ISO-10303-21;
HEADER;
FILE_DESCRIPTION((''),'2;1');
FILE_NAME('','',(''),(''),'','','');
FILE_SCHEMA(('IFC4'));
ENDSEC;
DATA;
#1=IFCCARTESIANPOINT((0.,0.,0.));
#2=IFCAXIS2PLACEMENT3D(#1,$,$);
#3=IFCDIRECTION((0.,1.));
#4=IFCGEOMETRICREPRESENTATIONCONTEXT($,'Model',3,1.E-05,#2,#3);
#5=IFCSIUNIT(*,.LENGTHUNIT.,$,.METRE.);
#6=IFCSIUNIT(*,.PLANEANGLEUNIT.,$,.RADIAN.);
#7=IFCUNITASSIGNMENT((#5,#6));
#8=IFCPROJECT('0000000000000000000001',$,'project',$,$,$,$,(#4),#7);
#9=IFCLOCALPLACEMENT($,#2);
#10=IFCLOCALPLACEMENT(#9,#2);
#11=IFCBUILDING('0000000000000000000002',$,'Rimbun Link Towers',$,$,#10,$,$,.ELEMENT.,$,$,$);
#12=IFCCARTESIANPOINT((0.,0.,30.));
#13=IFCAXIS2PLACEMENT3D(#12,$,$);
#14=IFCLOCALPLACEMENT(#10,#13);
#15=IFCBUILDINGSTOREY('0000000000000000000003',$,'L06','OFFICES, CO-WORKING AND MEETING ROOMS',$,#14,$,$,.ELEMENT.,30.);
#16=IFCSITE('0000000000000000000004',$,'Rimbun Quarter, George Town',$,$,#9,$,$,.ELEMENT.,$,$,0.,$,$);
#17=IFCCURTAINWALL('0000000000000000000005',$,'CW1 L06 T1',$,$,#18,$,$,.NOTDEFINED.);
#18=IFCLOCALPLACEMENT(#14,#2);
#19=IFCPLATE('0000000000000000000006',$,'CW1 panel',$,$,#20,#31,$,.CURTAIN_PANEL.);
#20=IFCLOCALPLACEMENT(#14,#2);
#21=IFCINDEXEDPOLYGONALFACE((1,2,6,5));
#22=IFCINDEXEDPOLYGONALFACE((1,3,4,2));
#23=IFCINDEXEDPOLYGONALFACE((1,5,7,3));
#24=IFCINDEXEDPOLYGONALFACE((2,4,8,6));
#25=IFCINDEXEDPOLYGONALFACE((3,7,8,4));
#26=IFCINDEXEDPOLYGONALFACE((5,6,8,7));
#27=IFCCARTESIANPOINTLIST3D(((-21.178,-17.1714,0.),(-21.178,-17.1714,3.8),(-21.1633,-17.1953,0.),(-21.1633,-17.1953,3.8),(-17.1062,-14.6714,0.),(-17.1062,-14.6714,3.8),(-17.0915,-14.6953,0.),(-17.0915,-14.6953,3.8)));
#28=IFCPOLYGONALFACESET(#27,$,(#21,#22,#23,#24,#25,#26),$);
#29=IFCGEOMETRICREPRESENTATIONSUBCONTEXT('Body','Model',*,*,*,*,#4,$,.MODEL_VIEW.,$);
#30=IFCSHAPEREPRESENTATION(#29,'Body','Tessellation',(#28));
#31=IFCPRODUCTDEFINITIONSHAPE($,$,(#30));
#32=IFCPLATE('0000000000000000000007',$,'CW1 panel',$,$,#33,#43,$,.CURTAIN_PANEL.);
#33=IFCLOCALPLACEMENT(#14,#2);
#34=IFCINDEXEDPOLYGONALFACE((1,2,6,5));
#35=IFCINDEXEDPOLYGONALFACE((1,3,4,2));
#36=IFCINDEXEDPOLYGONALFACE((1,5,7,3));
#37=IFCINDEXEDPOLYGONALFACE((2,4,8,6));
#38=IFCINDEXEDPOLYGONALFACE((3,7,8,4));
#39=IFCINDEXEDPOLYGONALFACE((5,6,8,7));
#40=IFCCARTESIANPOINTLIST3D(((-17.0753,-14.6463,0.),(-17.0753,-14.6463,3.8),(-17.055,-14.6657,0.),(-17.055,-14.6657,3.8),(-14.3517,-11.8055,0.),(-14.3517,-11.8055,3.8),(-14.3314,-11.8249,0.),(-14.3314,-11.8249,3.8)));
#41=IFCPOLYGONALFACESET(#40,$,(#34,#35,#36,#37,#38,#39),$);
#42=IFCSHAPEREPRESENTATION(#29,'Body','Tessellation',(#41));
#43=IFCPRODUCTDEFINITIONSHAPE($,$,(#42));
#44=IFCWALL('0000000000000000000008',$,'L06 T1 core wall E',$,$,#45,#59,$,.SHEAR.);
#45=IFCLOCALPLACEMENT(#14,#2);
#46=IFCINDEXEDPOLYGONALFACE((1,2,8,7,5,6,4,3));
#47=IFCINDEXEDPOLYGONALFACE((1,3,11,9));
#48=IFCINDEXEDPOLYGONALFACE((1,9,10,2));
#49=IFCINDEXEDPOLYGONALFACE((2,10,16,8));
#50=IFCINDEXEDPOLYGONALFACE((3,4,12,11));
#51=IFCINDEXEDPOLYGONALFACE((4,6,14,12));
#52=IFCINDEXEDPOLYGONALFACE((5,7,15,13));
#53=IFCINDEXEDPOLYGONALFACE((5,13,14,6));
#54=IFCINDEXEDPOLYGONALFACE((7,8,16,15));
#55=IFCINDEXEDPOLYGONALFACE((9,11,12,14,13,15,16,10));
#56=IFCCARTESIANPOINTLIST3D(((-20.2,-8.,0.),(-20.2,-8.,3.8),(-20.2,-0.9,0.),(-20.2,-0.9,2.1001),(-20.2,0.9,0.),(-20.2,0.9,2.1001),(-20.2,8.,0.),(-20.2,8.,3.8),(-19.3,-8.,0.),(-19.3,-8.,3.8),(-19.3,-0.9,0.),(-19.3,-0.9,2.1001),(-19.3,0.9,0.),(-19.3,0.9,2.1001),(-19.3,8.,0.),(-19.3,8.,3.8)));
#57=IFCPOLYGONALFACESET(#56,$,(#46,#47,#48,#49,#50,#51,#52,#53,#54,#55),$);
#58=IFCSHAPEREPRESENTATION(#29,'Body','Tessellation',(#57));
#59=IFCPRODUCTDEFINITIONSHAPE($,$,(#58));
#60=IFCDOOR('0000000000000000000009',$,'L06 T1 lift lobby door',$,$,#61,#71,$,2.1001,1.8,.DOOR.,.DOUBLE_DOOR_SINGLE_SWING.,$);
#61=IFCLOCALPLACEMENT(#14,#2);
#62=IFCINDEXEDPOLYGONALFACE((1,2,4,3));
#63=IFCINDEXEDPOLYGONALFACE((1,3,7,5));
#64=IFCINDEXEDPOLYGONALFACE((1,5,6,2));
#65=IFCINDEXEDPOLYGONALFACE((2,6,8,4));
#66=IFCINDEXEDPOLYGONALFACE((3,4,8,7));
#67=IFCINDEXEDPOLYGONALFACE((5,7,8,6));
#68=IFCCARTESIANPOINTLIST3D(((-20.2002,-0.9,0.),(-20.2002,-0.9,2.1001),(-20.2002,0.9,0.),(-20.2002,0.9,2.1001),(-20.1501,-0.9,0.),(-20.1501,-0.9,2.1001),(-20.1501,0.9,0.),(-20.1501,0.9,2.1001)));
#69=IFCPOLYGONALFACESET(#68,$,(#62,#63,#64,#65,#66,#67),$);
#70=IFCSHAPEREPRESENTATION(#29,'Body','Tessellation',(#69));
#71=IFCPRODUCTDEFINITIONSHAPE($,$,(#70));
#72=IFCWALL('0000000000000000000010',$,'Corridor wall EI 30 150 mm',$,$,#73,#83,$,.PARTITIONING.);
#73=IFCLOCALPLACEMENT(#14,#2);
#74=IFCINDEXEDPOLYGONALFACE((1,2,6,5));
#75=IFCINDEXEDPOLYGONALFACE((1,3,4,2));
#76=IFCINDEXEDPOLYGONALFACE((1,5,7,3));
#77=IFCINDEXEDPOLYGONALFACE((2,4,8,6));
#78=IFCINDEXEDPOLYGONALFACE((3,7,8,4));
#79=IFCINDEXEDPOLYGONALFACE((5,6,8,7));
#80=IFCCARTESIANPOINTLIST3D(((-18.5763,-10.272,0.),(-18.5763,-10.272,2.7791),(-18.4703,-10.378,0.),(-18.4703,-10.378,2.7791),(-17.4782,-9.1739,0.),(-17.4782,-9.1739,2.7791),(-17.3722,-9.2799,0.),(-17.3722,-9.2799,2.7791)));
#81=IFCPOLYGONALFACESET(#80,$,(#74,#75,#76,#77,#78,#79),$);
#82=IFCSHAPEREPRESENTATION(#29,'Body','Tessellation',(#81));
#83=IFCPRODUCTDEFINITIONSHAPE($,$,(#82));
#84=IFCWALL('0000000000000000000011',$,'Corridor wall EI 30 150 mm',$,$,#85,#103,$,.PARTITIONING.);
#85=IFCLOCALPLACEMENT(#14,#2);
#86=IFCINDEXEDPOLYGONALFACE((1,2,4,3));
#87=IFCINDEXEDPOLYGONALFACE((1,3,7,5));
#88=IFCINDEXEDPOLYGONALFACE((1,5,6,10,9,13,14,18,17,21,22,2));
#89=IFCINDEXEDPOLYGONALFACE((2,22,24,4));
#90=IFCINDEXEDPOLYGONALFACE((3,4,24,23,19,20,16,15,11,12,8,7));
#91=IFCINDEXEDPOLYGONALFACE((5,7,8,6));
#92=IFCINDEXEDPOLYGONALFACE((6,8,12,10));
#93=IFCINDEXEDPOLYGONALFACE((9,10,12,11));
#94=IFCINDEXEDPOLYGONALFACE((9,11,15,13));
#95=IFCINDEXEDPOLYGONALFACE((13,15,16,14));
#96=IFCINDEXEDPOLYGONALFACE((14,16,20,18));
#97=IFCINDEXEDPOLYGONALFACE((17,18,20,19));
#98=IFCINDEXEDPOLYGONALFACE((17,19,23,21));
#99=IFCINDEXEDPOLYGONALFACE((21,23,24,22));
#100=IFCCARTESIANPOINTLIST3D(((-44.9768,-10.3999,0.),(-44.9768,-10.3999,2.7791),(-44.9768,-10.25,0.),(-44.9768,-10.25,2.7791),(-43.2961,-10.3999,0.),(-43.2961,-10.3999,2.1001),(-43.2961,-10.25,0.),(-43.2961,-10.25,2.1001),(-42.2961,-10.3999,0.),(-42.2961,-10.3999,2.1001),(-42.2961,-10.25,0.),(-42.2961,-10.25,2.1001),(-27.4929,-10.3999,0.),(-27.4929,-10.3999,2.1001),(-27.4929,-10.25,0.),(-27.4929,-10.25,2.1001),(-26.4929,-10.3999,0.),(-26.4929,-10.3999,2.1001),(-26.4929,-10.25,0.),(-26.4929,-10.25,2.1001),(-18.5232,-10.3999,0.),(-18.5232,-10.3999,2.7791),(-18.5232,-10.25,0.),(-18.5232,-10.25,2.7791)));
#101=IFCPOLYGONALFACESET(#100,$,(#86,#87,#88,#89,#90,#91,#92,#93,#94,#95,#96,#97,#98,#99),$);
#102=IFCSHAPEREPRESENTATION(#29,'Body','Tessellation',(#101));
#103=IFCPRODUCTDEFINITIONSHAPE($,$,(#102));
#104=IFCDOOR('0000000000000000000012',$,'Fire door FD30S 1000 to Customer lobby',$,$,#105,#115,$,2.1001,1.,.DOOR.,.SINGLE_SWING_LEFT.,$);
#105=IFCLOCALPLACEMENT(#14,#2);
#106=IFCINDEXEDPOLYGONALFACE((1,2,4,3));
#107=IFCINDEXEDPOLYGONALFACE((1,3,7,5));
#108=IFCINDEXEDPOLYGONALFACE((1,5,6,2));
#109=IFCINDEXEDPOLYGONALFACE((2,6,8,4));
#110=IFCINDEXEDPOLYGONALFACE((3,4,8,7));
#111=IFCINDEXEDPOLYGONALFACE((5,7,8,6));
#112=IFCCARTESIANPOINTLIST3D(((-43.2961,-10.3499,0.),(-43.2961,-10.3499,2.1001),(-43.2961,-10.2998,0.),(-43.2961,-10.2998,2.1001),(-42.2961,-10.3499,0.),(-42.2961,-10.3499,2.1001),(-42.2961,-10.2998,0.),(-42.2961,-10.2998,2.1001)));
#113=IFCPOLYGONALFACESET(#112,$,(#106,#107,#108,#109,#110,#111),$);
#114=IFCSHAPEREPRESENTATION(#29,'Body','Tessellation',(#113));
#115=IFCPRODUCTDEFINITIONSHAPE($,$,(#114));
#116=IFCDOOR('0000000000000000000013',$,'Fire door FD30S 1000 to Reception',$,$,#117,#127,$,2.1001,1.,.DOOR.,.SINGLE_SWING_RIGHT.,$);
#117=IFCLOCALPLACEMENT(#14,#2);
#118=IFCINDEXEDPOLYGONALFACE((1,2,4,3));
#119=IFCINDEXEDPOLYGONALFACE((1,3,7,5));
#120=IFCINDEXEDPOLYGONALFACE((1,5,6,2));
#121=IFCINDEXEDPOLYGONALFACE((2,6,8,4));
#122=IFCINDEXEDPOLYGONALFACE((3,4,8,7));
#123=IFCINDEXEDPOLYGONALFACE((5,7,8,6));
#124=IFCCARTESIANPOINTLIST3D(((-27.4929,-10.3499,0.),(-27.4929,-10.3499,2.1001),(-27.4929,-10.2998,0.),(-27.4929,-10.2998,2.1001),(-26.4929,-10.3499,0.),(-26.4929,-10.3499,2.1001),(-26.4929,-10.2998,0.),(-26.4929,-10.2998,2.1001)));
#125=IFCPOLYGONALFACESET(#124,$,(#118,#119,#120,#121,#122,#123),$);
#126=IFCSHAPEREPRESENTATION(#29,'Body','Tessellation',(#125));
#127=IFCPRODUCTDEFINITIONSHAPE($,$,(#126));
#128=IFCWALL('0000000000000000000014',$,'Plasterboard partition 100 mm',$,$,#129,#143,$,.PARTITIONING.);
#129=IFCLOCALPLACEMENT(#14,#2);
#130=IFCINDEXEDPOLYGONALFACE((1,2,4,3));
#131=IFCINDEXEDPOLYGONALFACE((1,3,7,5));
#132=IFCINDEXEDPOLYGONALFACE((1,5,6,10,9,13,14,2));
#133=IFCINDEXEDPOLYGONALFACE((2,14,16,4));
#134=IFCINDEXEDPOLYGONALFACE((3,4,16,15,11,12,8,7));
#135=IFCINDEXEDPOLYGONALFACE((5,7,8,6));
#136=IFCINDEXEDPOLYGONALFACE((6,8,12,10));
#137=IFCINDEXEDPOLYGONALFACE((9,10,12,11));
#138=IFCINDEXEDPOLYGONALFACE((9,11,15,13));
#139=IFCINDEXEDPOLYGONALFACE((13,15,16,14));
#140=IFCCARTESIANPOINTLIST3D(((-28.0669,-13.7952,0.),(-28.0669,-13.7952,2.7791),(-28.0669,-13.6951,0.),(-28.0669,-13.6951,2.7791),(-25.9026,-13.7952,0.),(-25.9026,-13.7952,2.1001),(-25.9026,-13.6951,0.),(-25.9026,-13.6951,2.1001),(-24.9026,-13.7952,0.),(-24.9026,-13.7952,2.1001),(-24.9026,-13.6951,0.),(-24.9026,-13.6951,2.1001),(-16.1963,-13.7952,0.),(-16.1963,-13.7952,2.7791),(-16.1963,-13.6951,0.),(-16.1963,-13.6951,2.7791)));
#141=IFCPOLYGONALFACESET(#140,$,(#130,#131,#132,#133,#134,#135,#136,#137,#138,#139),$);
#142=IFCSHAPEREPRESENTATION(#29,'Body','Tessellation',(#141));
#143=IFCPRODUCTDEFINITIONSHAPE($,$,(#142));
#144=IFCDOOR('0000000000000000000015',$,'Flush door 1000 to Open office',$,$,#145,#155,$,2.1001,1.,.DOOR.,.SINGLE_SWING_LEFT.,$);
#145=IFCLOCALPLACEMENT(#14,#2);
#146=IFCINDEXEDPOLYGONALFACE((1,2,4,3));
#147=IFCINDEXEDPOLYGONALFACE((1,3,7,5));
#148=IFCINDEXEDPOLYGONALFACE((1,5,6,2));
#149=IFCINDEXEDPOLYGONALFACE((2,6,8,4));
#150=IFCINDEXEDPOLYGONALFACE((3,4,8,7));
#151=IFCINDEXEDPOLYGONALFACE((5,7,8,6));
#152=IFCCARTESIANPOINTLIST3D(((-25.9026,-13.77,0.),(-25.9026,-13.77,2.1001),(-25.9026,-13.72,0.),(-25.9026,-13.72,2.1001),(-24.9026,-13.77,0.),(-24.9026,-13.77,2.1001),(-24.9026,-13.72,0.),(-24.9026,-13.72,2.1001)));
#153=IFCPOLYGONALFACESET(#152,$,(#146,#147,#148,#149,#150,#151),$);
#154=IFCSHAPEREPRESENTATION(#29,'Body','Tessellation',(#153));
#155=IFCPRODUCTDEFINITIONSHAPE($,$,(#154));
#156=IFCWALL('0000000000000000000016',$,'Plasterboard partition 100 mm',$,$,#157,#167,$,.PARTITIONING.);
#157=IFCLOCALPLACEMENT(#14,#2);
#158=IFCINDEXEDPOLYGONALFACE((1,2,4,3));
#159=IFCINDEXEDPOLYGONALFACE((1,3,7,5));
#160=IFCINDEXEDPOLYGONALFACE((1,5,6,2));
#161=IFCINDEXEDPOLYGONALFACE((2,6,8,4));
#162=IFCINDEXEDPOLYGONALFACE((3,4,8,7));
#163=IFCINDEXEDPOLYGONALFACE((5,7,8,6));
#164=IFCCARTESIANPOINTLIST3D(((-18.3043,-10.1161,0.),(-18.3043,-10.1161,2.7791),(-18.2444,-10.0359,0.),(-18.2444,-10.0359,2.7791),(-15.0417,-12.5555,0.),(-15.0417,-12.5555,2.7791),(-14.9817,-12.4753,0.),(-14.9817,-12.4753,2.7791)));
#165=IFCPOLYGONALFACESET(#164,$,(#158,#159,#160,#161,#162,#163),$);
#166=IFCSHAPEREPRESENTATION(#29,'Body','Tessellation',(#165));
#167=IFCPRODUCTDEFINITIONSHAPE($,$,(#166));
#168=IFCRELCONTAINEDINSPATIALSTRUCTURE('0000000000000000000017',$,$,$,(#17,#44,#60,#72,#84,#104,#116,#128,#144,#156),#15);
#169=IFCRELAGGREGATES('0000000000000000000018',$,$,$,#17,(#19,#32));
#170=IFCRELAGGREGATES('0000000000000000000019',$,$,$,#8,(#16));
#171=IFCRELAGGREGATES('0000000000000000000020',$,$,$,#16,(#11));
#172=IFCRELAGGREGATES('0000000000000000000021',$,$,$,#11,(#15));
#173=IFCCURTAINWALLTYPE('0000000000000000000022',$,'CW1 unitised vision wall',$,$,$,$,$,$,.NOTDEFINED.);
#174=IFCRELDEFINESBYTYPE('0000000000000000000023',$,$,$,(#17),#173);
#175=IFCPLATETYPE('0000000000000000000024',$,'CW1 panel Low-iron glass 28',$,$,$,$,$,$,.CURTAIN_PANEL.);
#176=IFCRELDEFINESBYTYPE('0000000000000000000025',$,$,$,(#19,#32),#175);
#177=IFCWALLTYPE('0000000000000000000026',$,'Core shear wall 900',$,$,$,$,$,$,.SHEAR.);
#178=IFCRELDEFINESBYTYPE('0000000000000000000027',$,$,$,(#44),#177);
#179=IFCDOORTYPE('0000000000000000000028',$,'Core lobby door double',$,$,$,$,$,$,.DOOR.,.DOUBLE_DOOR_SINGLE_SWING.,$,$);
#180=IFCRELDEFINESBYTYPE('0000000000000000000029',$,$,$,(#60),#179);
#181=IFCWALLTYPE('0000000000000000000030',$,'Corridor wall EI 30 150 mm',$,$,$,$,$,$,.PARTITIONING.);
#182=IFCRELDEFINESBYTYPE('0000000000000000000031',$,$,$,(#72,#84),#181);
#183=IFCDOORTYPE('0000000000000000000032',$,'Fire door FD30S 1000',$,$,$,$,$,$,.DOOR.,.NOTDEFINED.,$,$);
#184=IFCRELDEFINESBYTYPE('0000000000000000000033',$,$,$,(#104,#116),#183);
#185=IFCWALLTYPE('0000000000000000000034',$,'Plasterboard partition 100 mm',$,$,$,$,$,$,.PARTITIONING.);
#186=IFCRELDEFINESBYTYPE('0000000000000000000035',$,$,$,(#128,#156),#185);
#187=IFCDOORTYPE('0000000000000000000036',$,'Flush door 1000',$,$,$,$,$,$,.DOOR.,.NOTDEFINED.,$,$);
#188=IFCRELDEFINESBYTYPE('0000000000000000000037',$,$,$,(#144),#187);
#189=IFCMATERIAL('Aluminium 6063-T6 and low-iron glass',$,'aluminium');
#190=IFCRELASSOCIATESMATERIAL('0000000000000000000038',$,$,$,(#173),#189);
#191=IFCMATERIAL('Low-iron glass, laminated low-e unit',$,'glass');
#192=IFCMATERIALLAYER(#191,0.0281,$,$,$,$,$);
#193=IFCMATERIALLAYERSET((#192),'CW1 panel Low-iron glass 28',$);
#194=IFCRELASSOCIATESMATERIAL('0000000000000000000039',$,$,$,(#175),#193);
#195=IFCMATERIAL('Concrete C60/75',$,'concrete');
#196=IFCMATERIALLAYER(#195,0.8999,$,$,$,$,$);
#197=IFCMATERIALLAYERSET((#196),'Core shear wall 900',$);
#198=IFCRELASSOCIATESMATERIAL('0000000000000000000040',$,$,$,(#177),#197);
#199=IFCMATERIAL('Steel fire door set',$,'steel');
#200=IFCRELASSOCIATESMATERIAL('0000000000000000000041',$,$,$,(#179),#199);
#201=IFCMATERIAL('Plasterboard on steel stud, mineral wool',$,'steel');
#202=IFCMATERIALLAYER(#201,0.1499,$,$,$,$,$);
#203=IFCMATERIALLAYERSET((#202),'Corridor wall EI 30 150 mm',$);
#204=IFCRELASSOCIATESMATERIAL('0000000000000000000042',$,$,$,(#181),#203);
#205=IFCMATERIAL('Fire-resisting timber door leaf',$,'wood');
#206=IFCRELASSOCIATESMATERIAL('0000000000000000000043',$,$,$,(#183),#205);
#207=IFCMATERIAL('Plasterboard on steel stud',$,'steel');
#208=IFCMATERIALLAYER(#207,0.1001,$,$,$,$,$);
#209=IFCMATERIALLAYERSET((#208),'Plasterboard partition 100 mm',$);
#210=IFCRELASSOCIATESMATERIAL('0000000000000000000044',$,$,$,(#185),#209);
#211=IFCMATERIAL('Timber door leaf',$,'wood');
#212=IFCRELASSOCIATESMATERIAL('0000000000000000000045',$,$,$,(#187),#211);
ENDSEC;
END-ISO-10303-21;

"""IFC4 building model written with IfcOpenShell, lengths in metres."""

from ifc_helpers import new_model, si_unit, direction, frame, frame_2d, origin, origin_2d, place, context, subcontext, project, spatial, rectangle, extrude, material, layer, layer_set, type_object, element, fill, aggregate, save


model = new_model("IFC4")

# Units and contexts
model_context = context("Model", 3, precision=1e-05, world=origin(), true_north=direction((0.0, 1.0)))
body_context = subcontext(model_context, "Body", "Model", "MODEL_VIEW")
ifc_project = project(units=[si_unit("LENGTHUNIT", "METRE"), si_unit("PLANEANGLEUNIT", "RADIAN")], contexts=[model_context])

# Site, building, storey
site_placement = place(None, origin())
site = spatial("IfcSite", under=ifc_project, at=site_placement, Name="Rimbun Quarter, George Town", CompositionType="ELEMENT", RefElevation=0.0)
building_placement = place(site_placement, origin())
building = spatial("IfcBuilding", under=site, at=building_placement, Name="Rimbun Link Towers", CompositionType="ELEMENT")
storey_placement = place(building_placement, frame((0.0, 0.0, 30.0)))
storey = spatial("IfcBuildingStorey", under=building, at=storey_placement, Name="L06", Description="OFFICES, CO-WORKING AND MEETING ROOMS", CompositionType="ELEMENT", Elevation=30.0)

# Curtain wall
ifc_material_1 = material(Name="Aluminium 6063-T6 and low-iron glass", Category="aluminium")
curtain_wall_type = type_object("IfcCurtainWallType", Name="CW1 unitised vision wall", PredefinedType="NOTDEFINED", material=ifc_material_1)
curtain_wall_placement = place(storey_placement, origin())
curtain_wall = element("IfcCurtainWall", 1, at=curtain_wall_placement, inside=storey, type_object=curtain_wall_type, Name="CW1 L06 T1", PredefinedType="NOTDEFINED")

# Plates
ifc_material_2 = material(Name="Low-iron glass, laminated low-e unit", Category="glass")
ifc_layer_1 = layer(ifc_material_2, 0.0281)
ifc_layer_set_1 = layer_set([ifc_layer_1], Name="CW1 panel Low-iron glass 28")
plate_type = type_object("IfcPlateType", Name="CW1 panel Low-iron glass 28", PredefinedType="CURTAIN_PANEL", material=ifc_layer_set_1)
plate_1_placement = place(storey_placement, frame((-19.1348, -15.9333, 0.0), z_axis=(0.0, 0.0, 1.0), x_axis=(-0.85219, -0.523232, 0.0)))
plate_1 = element("IfcPlate", 2, at=plate_1_placement, type_object=plate_type, Name="CW1 panel", PredefinedType="CURTAIN_PANEL", context=body_context, shape_type="SweptSolid", body=[
    extrude(rectangle(XDim=4.7781, YDim=0.0281, at=origin_2d()), origin(), (0.0, 0.0, 1.0), 3.8),
])
plate_2_placement = place(storey_placement, frame((-15.7034, -13.2356, 0.0), z_axis=(0.0, 0.0, 1.0), x_axis=(-0.692056, -0.721844, 0.0)))
plate_2 = element("IfcPlate", 3, at=plate_2_placement, type_object=plate_type, Name="CW1 panel", PredefinedType="CURTAIN_PANEL", context=body_context, shape_type="SweptSolid", body=[
    extrude(rectangle(XDim=3.9355, YDim=0.0281, at=origin_2d()), origin(), (0.0, 0.0, 1.0), 3.8),
])
aggregate(curtain_wall, [plate_1, plate_2])

# Wall, opening, door
ifc_material_3 = material(Name="Concrete C60/75", Category="concrete")
ifc_layer_2 = layer(ifc_material_3, 0.8999)
ifc_layer_set_2 = layer_set([ifc_layer_2], Name="Core shear wall 900")
wall_type_1 = type_object("IfcWallType", Name="Core shear wall 900", PredefinedType="SHEAR", material=ifc_layer_set_2)
wall_1_placement = place(storey_placement, frame((-19.75, -8.0, 0.0), z_axis=(0.0, 0.0, 1.0), x_axis=(0.0, 1.0, 0.0)))
wall_1 = element("IfcWall", 4, at=wall_1_placement, inside=storey, type_object=wall_type_1, Name="L06 T1 core wall E", PredefinedType="SHEAR", context=body_context, shape_type="SweptSolid", body=[
    extrude(rectangle(XDim=16.0, YDim=0.8999, at=frame_2d((8.0, 0.0))), origin(), (0.0, 0.0, 1.0), 3.8),
])
opening_1_placement = place(wall_1_placement, frame((7.1001, 0.0, 0.0)))
opening_1 = element("IfcOpeningElement", 5, at=opening_1_placement, cuts=wall_1, PredefinedType="OPENING", context=body_context, shape_type="SweptSolid", body=[
    extrude(rectangle(XDim=1.8, YDim=2.1001, at=frame_2d((0.8999, 1.05))), frame((0.0, 0.46, 0.0), z_axis=(0.0, -1.0, 0.0), x_axis=(1.0, 0.0, 0.0)), (0.0, 0.0, 1.0), 0.9199),
])
ifc_material_4 = material(Name="Steel fire door set", Category="steel")
door_type_1 = type_object("IfcDoorType", Name="Core lobby door double", OperationType="DOUBLE_DOOR_SINGLE_SWING", PredefinedType="DOOR", material=ifc_material_4)
door_1_placement = place(opening_1_placement, origin())
door_1 = element("IfcDoor", 6, at=door_1_placement, inside=storey, type_object=door_type_1, Name="L06 T1 lift lobby door", OperationType="DOUBLE_DOOR_SINGLE_SWING", OverallHeight=2.1001, OverallWidth=1.8, PredefinedType="DOOR", context=body_context, shape_type="SweptSolid", body=[
    extrude(rectangle(XDim=1.8, YDim=2.1001, at=frame_2d((0.8999, 1.05))), frame((0.0, 0.4502, 0.0), z_axis=(0.0, -1.0, 0.0), x_axis=(1.0, 0.0, 0.0)), (0.0, 0.0, 1.0), 0.05),
])
fill(opening_1, door_1)

# Wall
ifc_material_5 = material(Name="Plasterboard on steel stud, mineral wool", Category="steel")
ifc_layer_3 = layer(ifc_material_5, 0.1499)
ifc_layer_set_3 = layer_set([ifc_layer_3], Name="Corridor wall EI 30 150 mm")
wall_type_2 = type_object("IfcWallType", Name="Corridor wall EI 30 150 mm", PredefinedType="PARTITIONING", material=ifc_layer_set_3)
wall_2_placement = place(storey_placement, frame((-18.5232, -10.325, 0.0), z_axis=(0.0, 0.0, 1.0), x_axis=(0.707107, 0.707107, 0.0)))
element("IfcWall", 7, at=wall_2_placement, inside=storey, type_object=wall_type_2, Name="Corridor wall EI 30 150 mm", PredefinedType="PARTITIONING", context=body_context, shape_type="SweptSolid", body=[
    extrude(rectangle(XDim=1.553, YDim=0.1499, at=frame_2d((0.7764, 0.0))), origin(), (0.0, 0.0, 1.0), 2.7791),
])

# Wall, openings, doors
wall_3_placement = place(storey_placement, frame((-18.5232, -10.325, 0.0), z_axis=(0.0, 0.0, 1.0), x_axis=(-1.0, 0.0, 0.0)))
wall_3 = element("IfcWall", 8, at=wall_3_placement, inside=storey, type_object=wall_type_2, Name="Corridor wall EI 30 150 mm", PredefinedType="PARTITIONING", context=body_context, shape_type="SweptSolid", body=[
    extrude(rectangle(XDim=26.4536, YDim=0.1499, at=frame_2d((13.2268, 0.0))), origin(), (0.0, 0.0, 1.0), 2.7791),
])
opening_2_placement = place(wall_3_placement, frame((23.7729, 0.0, 0.0)))
opening_2 = element("IfcOpeningElement", 9, at=opening_2_placement, cuts=wall_3, PredefinedType="OPENING", context=body_context, shape_type="SweptSolid", body=[
    extrude(rectangle(XDim=1.0, YDim=2.1001, at=frame_2d((0.5, 1.05))), frame((0.0, 0.085, 0.0), z_axis=(0.0, -1.0, 0.0), x_axis=(1.0, 0.0, 0.0)), (0.0, 0.0, 1.0), 0.1699),
])
opening_3_placement = place(wall_3_placement, frame((7.9697, 0.0, 0.0)))
opening_3 = element("IfcOpeningElement", 10, at=opening_3_placement, cuts=wall_3, PredefinedType="OPENING", context=body_context, shape_type="SweptSolid", body=[
    extrude(rectangle(XDim=1.0, YDim=2.1001, at=frame_2d((0.5, 1.05))), frame((0.0, 0.085, 0.0), z_axis=(0.0, -1.0, 0.0), x_axis=(1.0, 0.0, 0.0)), (0.0, 0.0, 1.0), 0.1699),
])
ifc_material_6 = material(Name="Fire-resisting timber door leaf", Category="wood")
door_type_2 = type_object("IfcDoorType", Name="Fire door FD30S 1000", OperationType="NOTDEFINED", PredefinedType="DOOR", material=ifc_material_6)
door_2_placement = place(opening_2_placement, origin())
door_2 = element("IfcDoor", 11, at=door_2_placement, inside=storey, type_object=door_type_2, Name="Fire door FD30S 1000 to Customer lobby", OperationType="SINGLE_SWING_LEFT", OverallHeight=2.1001, OverallWidth=1.0, PredefinedType="DOOR", context=body_context, shape_type="SweptSolid", body=[
    extrude(rectangle(XDim=1.0, YDim=2.1001, at=frame_2d((0.5, 1.05))), frame((0.0, 0.0249, 0.0), z_axis=(0.0, -1.0, 0.0), x_axis=(1.0, 0.0, 0.0)), (0.0, 0.0, 1.0), 0.05),
])
fill(opening_2, door_2)
door_3_placement = place(opening_3_placement, origin())
door_3 = element("IfcDoor", 12, at=door_3_placement, inside=storey, type_object=door_type_2, Name="Fire door FD30S 1000 to Reception", OperationType="SINGLE_SWING_RIGHT", OverallHeight=2.1001, OverallWidth=1.0, PredefinedType="DOOR", context=body_context, shape_type="SweptSolid", body=[
    extrude(rectangle(XDim=1.0, YDim=2.1001, at=frame_2d((0.5, 1.05))), frame((0.0, 0.0249, 0.0), z_axis=(0.0, -1.0, 0.0), x_axis=(1.0, 0.0, 0.0)), (0.0, 0.0, 1.0), 0.05),
])
fill(opening_3, door_3)

# Wall, opening, door
ifc_material_7 = material(Name="Plasterboard on steel stud", Category="steel")
ifc_layer_4 = layer(ifc_material_7, 0.1001)
ifc_layer_set_4 = layer_set([ifc_layer_4], Name="Plasterboard partition 100 mm")
wall_type_3 = type_object("IfcWallType", Name="Plasterboard partition 100 mm", PredefinedType="PARTITIONING", material=ifc_layer_set_4)
wall_4_placement = place(storey_placement, frame((-16.1963, -13.7451, 0.0), z_axis=(0.0, 0.0, 1.0), x_axis=(-1.0, 0.0, 0.0)))
wall_4 = element("IfcWall", 13, at=wall_4_placement, inside=storey, type_object=wall_type_3, Name="Plasterboard partition 100 mm", PredefinedType="PARTITIONING", context=body_context, shape_type="SweptSolid", body=[
    extrude(rectangle(XDim=11.8706, YDim=0.1001, at=frame_2d((5.9353, 0.0))), origin(), (0.0, 0.0, 1.0), 2.7791),
])
opening_4_placement = place(wall_4_placement, frame((8.7063, 0.0, 0.0)))
opening_4 = element("IfcOpeningElement", 14, at=opening_4_placement, cuts=wall_4, PredefinedType="OPENING", context=body_context, shape_type="SweptSolid", body=[
    extrude(rectangle(XDim=1.0, YDim=2.1001, at=frame_2d((0.5, 1.05))), frame((0.0, 0.0601, 0.0), z_axis=(0.0, -1.0, 0.0), x_axis=(1.0, 0.0, 0.0)), (0.0, 0.0, 1.0), 0.1201),
])
ifc_material_8 = material(Name="Timber door leaf", Category="wood")
door_type_3 = type_object("IfcDoorType", Name="Flush door 1000", OperationType="NOTDEFINED", PredefinedType="DOOR", material=ifc_material_8)
door_4_placement = place(opening_4_placement, origin())
door_4 = element("IfcDoor", 15, at=door_4_placement, inside=storey, type_object=door_type_3, Name="Flush door 1000 to Open office", OperationType="SINGLE_SWING_LEFT", OverallHeight=2.1001, OverallWidth=1.0, PredefinedType="DOOR", context=body_context, shape_type="SweptSolid", body=[
    extrude(rectangle(XDim=1.0, YDim=2.1001, at=frame_2d((0.5, 1.05))), frame((0.0, 0.0249, 0.0), z_axis=(0.0, -1.0, 0.0), x_axis=(1.0, 0.0, 0.0)), (0.0, 0.0, 1.0), 0.05),
])
fill(opening_4, door_4)

# Wall
wall_5_placement = place(storey_placement, frame((-15.0117, -12.5154, 0.0), z_axis=(0.0, 0.0, 1.0), x_axis=(-0.800891, 0.59881, 0.0)))
element("IfcWall", 16, at=wall_5_placement, inside=storey, type_object=wall_type_3, Name="Plasterboard partition 100 mm", PredefinedType="PARTITIONING", context=body_context, shape_type="SweptSolid", body=[
    extrude(rectangle(XDim=4.0737, YDim=0.1001, at=frame_2d((2.0369, 0.0))), origin(), (0.0, 0.0, 1.0), 2.7791),
])

save(model, "model.ifc")
